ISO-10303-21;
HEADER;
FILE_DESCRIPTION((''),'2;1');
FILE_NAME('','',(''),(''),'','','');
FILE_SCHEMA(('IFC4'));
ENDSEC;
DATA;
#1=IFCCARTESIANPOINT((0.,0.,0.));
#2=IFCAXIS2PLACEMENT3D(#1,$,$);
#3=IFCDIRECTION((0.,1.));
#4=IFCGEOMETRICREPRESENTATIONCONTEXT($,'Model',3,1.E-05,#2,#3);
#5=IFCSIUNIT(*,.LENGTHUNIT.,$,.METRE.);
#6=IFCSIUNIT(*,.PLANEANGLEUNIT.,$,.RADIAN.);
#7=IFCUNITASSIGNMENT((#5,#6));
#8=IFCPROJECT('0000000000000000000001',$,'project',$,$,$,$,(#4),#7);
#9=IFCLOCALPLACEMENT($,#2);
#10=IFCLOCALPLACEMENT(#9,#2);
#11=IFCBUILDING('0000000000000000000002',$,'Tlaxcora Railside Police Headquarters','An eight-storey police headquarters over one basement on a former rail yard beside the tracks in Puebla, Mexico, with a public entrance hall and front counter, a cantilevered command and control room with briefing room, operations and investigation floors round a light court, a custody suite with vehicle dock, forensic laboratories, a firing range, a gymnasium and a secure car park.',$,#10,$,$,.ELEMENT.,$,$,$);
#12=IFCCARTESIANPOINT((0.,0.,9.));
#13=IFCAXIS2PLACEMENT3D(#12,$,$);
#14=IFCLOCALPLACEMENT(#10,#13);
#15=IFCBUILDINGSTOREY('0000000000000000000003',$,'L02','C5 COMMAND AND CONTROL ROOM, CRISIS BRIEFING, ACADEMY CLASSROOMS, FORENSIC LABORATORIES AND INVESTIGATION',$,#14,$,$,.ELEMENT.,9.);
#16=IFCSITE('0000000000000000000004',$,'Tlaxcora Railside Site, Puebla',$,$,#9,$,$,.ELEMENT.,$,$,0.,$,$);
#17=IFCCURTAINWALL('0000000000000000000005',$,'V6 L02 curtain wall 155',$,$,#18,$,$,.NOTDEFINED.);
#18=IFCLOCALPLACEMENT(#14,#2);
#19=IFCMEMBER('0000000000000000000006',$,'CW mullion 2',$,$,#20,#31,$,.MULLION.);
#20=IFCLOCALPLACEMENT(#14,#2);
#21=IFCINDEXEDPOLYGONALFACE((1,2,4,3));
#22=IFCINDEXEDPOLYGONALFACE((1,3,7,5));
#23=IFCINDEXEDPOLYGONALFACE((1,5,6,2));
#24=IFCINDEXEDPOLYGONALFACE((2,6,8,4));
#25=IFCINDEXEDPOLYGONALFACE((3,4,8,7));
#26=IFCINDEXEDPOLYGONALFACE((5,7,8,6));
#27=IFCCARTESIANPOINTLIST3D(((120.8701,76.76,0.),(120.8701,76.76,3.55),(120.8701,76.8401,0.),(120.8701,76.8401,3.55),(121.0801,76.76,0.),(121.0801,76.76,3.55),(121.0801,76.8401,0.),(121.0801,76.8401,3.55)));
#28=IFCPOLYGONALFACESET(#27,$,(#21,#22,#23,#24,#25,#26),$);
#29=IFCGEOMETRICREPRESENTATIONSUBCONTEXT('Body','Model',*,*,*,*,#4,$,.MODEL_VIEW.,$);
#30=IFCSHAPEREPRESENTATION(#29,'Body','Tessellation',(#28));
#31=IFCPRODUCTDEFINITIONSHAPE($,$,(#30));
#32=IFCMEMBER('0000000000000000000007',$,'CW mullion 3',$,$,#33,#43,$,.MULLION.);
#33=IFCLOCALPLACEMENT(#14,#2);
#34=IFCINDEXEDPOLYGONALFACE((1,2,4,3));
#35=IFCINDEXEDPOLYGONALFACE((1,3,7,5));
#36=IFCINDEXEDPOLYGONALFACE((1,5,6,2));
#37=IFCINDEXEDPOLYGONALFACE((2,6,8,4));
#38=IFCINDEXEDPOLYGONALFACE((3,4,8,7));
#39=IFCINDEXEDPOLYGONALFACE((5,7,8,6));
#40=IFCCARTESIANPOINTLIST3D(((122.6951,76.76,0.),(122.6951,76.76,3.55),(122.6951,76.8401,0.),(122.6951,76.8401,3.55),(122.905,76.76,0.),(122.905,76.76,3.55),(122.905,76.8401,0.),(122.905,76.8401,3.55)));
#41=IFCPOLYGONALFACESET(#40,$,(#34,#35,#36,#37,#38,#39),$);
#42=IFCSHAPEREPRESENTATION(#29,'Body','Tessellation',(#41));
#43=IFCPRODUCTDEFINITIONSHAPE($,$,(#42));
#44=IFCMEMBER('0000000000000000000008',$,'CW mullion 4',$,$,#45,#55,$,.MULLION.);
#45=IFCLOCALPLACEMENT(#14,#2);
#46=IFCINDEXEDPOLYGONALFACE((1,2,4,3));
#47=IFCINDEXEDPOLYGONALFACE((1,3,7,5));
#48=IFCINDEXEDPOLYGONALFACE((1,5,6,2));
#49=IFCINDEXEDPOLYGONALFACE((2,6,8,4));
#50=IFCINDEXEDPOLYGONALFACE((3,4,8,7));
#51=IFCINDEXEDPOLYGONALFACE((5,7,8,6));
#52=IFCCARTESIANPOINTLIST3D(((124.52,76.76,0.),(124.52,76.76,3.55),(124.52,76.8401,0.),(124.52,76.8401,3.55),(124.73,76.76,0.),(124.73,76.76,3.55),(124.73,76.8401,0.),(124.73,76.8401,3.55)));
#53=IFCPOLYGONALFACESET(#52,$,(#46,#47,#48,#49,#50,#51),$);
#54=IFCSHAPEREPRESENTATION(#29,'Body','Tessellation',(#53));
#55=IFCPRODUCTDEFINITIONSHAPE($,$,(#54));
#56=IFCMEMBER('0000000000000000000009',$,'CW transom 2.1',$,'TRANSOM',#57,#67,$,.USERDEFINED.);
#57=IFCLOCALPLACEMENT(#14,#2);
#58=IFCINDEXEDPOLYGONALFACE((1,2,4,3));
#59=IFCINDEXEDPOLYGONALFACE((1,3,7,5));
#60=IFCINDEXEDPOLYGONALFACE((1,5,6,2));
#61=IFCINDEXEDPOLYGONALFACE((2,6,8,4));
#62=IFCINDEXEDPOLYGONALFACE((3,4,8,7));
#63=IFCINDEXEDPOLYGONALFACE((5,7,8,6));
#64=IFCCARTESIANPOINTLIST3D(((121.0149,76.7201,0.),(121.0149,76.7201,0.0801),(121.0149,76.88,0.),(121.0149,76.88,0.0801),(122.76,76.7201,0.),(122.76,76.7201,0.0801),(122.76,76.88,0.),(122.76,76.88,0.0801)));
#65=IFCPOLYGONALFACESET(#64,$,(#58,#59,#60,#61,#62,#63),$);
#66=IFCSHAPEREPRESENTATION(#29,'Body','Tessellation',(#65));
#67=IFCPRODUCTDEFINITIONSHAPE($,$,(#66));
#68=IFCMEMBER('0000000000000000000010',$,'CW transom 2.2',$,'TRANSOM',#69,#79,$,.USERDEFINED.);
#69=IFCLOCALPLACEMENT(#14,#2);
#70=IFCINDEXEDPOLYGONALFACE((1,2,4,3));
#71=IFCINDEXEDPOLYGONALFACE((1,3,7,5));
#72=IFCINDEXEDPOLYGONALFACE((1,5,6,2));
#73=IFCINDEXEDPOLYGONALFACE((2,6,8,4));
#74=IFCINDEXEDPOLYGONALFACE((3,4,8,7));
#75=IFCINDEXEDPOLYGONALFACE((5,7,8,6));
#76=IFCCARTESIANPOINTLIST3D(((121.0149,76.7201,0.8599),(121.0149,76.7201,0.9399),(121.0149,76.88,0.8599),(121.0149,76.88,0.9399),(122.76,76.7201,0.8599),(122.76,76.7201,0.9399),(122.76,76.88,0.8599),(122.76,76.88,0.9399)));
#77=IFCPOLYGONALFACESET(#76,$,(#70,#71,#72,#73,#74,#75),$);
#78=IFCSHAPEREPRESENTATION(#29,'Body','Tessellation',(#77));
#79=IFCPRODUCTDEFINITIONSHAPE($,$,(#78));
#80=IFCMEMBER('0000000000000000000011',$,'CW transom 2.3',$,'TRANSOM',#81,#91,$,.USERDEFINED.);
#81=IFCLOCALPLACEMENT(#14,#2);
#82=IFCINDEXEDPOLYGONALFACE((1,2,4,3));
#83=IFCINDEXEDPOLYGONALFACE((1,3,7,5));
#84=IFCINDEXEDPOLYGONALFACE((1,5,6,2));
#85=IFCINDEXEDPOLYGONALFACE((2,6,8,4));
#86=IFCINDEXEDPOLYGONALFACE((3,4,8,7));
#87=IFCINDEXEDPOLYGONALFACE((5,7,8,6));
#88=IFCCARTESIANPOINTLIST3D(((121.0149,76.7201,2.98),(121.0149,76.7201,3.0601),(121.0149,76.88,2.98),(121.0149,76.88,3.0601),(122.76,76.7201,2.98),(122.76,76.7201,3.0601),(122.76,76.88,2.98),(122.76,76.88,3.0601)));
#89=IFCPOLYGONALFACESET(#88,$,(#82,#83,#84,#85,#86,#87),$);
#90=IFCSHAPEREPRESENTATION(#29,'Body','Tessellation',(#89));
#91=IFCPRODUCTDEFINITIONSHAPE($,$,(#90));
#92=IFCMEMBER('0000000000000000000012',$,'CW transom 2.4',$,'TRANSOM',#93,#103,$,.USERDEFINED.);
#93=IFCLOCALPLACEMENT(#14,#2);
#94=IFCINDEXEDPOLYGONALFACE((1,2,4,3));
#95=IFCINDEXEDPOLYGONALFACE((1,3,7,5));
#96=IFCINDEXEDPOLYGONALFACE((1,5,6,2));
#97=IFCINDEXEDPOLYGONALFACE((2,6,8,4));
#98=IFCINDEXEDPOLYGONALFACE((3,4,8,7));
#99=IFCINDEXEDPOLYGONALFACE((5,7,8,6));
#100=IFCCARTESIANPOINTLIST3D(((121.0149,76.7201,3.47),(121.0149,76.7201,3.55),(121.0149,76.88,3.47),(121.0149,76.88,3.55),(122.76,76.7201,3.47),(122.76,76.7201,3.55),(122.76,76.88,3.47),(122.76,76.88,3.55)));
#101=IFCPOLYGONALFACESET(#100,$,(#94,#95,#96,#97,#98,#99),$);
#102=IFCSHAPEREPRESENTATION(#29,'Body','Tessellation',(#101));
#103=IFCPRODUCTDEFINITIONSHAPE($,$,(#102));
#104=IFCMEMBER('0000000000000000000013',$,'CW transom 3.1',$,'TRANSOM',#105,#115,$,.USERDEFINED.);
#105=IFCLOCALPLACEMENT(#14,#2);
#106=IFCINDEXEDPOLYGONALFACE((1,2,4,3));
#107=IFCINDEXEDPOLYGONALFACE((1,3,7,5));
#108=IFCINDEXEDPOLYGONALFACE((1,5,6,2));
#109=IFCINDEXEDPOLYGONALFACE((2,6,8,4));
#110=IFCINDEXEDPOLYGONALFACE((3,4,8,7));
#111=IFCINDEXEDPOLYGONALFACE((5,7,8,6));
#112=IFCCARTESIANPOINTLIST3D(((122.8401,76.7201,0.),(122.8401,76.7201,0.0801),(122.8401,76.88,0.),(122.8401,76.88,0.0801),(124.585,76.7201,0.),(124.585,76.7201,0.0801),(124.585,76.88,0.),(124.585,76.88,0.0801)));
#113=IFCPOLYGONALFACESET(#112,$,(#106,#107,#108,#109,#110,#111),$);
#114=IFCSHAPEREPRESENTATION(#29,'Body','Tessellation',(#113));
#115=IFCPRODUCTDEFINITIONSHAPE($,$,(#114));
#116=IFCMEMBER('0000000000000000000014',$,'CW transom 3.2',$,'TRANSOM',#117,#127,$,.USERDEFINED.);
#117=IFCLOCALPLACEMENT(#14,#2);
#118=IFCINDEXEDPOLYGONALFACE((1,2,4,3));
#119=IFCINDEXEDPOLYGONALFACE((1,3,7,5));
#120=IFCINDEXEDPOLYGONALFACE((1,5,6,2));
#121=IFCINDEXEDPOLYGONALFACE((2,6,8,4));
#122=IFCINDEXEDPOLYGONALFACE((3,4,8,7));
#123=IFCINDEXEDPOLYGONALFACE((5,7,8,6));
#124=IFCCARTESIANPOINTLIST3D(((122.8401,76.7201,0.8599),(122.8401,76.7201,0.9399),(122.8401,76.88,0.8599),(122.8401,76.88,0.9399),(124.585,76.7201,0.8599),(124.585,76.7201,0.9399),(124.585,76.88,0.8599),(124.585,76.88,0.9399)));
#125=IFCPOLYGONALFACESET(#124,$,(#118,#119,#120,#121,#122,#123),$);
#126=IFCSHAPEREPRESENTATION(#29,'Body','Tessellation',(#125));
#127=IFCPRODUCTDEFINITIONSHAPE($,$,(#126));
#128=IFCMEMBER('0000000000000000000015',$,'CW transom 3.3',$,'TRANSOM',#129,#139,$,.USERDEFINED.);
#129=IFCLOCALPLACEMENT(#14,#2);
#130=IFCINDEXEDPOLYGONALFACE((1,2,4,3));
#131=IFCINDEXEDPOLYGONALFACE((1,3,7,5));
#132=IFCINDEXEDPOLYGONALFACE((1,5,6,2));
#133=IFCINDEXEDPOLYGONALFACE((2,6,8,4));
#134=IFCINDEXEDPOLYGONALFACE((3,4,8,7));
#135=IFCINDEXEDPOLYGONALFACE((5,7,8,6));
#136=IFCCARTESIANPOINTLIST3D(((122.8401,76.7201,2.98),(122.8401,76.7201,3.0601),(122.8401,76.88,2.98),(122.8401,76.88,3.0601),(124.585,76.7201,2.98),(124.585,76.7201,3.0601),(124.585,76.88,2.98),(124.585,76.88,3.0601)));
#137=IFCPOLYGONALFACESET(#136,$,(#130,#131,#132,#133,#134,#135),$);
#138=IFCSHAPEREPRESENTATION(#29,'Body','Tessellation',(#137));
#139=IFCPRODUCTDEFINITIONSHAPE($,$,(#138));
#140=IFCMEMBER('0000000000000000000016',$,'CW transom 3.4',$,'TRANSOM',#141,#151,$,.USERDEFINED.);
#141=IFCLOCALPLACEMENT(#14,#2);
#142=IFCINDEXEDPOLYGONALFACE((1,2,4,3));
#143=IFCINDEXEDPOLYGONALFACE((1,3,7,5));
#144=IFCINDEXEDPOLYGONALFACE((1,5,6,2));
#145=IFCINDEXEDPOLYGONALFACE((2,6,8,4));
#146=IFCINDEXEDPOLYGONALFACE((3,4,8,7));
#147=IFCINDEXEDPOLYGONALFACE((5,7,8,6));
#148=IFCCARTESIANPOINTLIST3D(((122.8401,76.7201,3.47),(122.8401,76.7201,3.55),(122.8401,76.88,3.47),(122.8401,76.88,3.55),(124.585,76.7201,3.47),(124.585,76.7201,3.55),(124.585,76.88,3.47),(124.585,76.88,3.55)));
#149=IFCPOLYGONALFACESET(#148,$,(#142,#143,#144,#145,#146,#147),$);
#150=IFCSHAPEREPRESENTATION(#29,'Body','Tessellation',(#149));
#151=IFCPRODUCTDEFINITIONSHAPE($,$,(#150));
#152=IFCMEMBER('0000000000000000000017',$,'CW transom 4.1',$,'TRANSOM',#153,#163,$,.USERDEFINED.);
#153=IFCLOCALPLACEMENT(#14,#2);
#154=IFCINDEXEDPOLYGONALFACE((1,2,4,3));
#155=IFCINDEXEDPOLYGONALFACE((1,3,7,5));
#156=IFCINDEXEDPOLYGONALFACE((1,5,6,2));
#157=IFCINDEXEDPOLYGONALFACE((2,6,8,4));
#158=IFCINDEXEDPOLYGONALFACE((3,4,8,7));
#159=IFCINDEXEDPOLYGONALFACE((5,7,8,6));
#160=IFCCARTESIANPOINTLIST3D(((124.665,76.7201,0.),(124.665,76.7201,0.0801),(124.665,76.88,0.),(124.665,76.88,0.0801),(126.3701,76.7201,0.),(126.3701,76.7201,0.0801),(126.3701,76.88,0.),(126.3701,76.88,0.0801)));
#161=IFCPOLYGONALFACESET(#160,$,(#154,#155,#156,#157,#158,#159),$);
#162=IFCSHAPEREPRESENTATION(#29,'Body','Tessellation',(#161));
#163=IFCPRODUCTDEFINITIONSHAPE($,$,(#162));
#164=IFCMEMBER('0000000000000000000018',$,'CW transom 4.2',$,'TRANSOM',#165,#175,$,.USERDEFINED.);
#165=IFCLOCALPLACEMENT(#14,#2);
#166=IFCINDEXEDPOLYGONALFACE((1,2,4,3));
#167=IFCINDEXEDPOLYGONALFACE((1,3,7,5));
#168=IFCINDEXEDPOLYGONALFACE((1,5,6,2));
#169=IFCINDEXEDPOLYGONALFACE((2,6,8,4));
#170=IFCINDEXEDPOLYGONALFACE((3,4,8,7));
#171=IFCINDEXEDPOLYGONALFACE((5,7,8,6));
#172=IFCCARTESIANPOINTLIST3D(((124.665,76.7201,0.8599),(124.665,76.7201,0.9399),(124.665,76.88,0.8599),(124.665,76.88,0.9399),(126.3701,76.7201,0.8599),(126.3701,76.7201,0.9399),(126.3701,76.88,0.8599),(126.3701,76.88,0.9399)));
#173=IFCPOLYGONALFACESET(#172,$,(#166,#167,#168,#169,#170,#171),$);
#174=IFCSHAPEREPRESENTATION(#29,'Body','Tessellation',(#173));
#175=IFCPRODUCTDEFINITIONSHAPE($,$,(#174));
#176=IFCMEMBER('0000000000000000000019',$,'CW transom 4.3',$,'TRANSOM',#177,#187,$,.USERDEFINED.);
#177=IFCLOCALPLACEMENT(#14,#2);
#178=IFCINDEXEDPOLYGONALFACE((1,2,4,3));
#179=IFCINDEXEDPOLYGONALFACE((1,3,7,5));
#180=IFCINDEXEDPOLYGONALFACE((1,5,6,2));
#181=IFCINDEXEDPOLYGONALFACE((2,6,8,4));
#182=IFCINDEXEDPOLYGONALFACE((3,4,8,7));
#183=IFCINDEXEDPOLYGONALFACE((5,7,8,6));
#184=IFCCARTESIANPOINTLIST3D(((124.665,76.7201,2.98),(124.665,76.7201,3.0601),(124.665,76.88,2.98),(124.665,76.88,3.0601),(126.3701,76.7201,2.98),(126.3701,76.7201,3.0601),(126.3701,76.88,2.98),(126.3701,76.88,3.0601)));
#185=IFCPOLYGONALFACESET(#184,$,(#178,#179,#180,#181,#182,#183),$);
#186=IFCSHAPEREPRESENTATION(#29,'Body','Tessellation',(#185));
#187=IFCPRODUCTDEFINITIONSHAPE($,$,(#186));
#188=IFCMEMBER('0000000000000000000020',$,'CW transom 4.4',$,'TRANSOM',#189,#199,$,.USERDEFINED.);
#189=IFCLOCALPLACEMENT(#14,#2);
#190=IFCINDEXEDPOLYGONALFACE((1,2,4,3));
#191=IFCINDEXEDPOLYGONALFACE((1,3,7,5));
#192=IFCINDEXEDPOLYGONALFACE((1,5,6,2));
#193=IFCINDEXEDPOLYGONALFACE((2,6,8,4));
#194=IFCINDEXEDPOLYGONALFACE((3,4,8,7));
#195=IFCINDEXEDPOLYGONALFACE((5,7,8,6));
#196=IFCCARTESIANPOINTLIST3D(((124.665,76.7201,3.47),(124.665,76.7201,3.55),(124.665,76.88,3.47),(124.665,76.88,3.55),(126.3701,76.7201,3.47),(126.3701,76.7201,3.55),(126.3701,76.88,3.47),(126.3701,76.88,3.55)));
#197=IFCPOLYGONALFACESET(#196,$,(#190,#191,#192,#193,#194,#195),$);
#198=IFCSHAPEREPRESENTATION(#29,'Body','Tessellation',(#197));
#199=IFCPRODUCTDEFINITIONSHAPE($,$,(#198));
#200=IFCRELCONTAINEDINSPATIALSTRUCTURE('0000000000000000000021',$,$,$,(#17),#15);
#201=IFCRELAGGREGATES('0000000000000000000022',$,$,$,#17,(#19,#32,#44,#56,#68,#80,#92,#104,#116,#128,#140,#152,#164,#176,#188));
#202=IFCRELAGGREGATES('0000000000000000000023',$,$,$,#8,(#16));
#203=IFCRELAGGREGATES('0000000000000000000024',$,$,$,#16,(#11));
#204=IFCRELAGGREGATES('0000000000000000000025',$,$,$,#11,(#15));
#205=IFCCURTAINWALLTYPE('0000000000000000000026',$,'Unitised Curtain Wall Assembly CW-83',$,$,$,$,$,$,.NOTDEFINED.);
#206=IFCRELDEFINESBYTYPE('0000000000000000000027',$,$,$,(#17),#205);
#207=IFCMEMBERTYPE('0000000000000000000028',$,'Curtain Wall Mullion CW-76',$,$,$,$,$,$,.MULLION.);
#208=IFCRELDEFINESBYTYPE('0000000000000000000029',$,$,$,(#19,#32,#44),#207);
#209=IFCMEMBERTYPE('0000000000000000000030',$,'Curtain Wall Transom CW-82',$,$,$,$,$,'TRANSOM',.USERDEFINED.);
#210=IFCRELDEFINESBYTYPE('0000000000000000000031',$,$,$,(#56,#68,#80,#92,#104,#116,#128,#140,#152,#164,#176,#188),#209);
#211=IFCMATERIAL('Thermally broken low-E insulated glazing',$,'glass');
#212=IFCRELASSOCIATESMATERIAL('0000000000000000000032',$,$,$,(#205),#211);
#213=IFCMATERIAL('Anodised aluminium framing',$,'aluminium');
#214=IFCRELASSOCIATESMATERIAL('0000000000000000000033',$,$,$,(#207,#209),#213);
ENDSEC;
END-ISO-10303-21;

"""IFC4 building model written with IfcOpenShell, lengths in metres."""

from ifc_helpers import new_model, si_unit, direction, frame, origin, origin_2d, place, context, subcontext, project, spatial, rectangle, extrude, material, material_profile, profile_set, type_object, element, aggregate, save


model = new_model("IFC4")

# Units and contexts
model_context = context("Model", 3, precision=1e-05, world=origin(), true_north=direction((0.0, 1.0)))
body_context = subcontext(model_context, "Body", "Model", "MODEL_VIEW")
ifc_project = project(units=[si_unit("LENGTHUNIT", "METRE"), si_unit("PLANEANGLEUNIT", "RADIAN")], contexts=[model_context])

# Site, building, storey
site_placement = place(None, origin())
site = spatial("IfcSite", under=ifc_project, at=site_placement, Name="Tlaxcora Railside Site, Puebla", CompositionType="ELEMENT", RefElevation=0.0)
building_placement = place(site_placement, origin())
building = spatial("IfcBuilding", under=site, at=building_placement, Name="Tlaxcora Railside Police Headquarters", Description="An eight-storey police headquarters over one basement on a former rail yard beside the tracks in Puebla, Mexico, with a public entrance hall and front counter, a cantilevered command and control room with briefing room, operations and investigation floors round a light court, a custody suite with vehicle dock, forensic laboratories, a firing range, a gymnasium and a secure car park.", CompositionType="ELEMENT")
storey_placement = place(building_placement, frame((0.0, 0.0, 9.0)))
storey = spatial("IfcBuildingStorey", under=building, at=storey_placement, Name="L02", Description="C5 COMMAND AND CONTROL ROOM, CRISIS BRIEFING, ACADEMY CLASSROOMS, FORENSIC LABORATORIES AND INVESTIGATION", CompositionType="ELEMENT", Elevation=9.0)

# Curtain wall, members
ifc_material_1 = material(Name="Thermally broken low-E insulated glazing", Category="glass")
curtain_wall_type = type_object("IfcCurtainWallType", Name="Unitised Curtain Wall Assembly CW-83", PredefinedType="NOTDEFINED", material=ifc_material_1)
curtain_wall_placement = place(storey_placement, origin())
curtain_wall = element("IfcCurtainWall", 1, at=curtain_wall_placement, inside=storey, type_object=curtain_wall_type, Name="V6 L02 curtain wall 155", PredefinedType="NOTDEFINED")
ifc_material_2 = material(Name="Anodised aluminium framing", Category="aluminium")
ifc_material_profile_1 = material_profile(ifc_material_2, rectangle(XDim=0.0801, YDim=0.21, at=origin_2d()), Name="AL80X210")
ifc_profile_set_1 = profile_set([ifc_material_profile_1], Name="Anodised aluminium framing")
member_type_1 = type_object("IfcMemberType", Name="Curtain Wall Mullion CW-76", PredefinedType="MULLION", material=ifc_profile_set_1)
member_1_placement = place(storey_placement, frame((120.9751, 76.8, 0.0), z_axis=(0.0, 0.0, 1.0), x_axis=(0.0, 1.0, 0.0)))
member_1 = element("IfcMember", 2, at=member_1_placement, type_object=member_type_1, Name="CW mullion 2", PredefinedType="MULLION", context=body_context, shape_type="SweptSolid", body=[
    extrude(rectangle(XDim=0.0801, YDim=0.21, at=origin_2d()), origin(), (0.0, 0.0, 1.0), 3.55),
])
member_2_placement = place(storey_placement, frame((122.8, 76.8, 0.0), z_axis=(0.0, 0.0, 1.0), x_axis=(0.0, 1.0, 0.0)))
member_2 = element("IfcMember", 3, at=member_2_placement, type_object=member_type_1, Name="CW mullion 3", PredefinedType="MULLION", context=body_context, shape_type="SweptSolid", body=[
    extrude(rectangle(XDim=0.0801, YDim=0.21, at=origin_2d()), origin(), (0.0, 0.0, 1.0), 3.55),
])
member_3_placement = place(storey_placement, frame((124.625, 76.8, 0.0), z_axis=(0.0, 0.0, 1.0), x_axis=(0.0, 1.0, 0.0)))
member_3 = element("IfcMember", 4, at=member_3_placement, type_object=member_type_1, Name="CW mullion 4", PredefinedType="MULLION", context=body_context, shape_type="SweptSolid", body=[
    extrude(rectangle(XDim=0.0801, YDim=0.21, at=origin_2d()), origin(), (0.0, 0.0, 1.0), 3.55),
])
ifc_material_profile_2 = material_profile(ifc_material_2, rectangle(XDim=0.1599, YDim=0.0801, at=origin_2d()), Name="AL80X160")
ifc_profile_set_2 = profile_set([ifc_material_profile_2], Name="Anodised aluminium framing")
member_type_2 = type_object("IfcMemberType", Name="Curtain Wall Transom CW-82", ElementType="TRANSOM", PredefinedType="USERDEFINED", material=ifc_profile_set_2)
member_4_placement = place(storey_placement, frame((121.0149, 76.8, 0.04), z_axis=(1.0, 0.0, 0.0), x_axis=(0.0, 1.0, 0.0)))
member_4 = element("IfcMember", 5, at=member_4_placement, type_object=member_type_2, Name="CW transom 2.1", ObjectType="TRANSOM", PredefinedType="USERDEFINED", context=body_context, shape_type="SweptSolid", body=[
    extrude(rectangle(XDim=0.1599, YDim=0.0801, at=origin_2d()), origin(), (0.0, 0.0, 1.0), 1.7451),
])
member_5_placement = place(storey_placement, frame((121.0149, 76.8, 0.8999), z_axis=(1.0, 0.0, 0.0), x_axis=(0.0, 1.0, 0.0)))
member_5 = element("IfcMember", 6, at=member_5_placement, type_object=member_type_2, Name="CW transom 2.2", ObjectType="TRANSOM", PredefinedType="USERDEFINED", context=body_context, shape_type="SweptSolid", body=[
    extrude(rectangle(XDim=0.1599, YDim=0.0801, at=origin_2d()), origin(), (0.0, 0.0, 1.0), 1.7451),
])
member_6_placement = place(storey_placement, frame((121.0149, 76.8, 3.02), z_axis=(1.0, 0.0, 0.0), x_axis=(0.0, 1.0, 0.0)))
member_6 = element("IfcMember", 7, at=member_6_placement, type_object=member_type_2, Name="CW transom 2.3", ObjectType="TRANSOM", PredefinedType="USERDEFINED", context=body_context, shape_type="SweptSolid", body=[
    extrude(rectangle(XDim=0.1599, YDim=0.0801, at=origin_2d()), origin(), (0.0, 0.0, 1.0), 1.7451),
])
member_7_placement = place(storey_placement, frame((121.0149, 76.8, 3.51), z_axis=(1.0, 0.0, 0.0), x_axis=(0.0, 1.0, 0.0)))
member_7 = element("IfcMember", 8, at=member_7_placement, type_object=member_type_2, Name="CW transom 2.4", ObjectType="TRANSOM", PredefinedType="USERDEFINED", context=body_context, shape_type="SweptSolid", body=[
    extrude(rectangle(XDim=0.1599, YDim=0.0801, at=origin_2d()), origin(), (0.0, 0.0, 1.0), 1.7451),
])
member_8_placement = place(storey_placement, frame((122.8401, 76.8, 0.04), z_axis=(1.0, 0.0, 0.0), x_axis=(0.0, 1.0, 0.0)))
member_8 = element("IfcMember", 9, at=member_8_placement, type_object=member_type_2, Name="CW transom 3.1", ObjectType="TRANSOM", PredefinedType="USERDEFINED", context=body_context, shape_type="SweptSolid", body=[
    extrude(rectangle(XDim=0.1599, YDim=0.0801, at=origin_2d()), origin(), (0.0, 0.0, 1.0), 1.7449),
])
member_9_placement = place(storey_placement, frame((122.8401, 76.8, 0.8999), z_axis=(1.0, 0.0, 0.0), x_axis=(0.0, 1.0, 0.0)))
member_9 = element("IfcMember", 10, at=member_9_placement, type_object=member_type_2, Name="CW transom 3.2", ObjectType="TRANSOM", PredefinedType="USERDEFINED", context=body_context, shape_type="SweptSolid", body=[
    extrude(rectangle(XDim=0.1599, YDim=0.0801, at=origin_2d()), origin(), (0.0, 0.0, 1.0), 1.7449),
])
member_10_placement = place(storey_placement, frame((122.8401, 76.8, 3.02), z_axis=(1.0, 0.0, 0.0), x_axis=(0.0, 1.0, 0.0)))
member_10 = element("IfcMember", 11, at=member_10_placement, type_object=member_type_2, Name="CW transom 3.3", ObjectType="TRANSOM", PredefinedType="USERDEFINED", context=body_context, shape_type="SweptSolid", body=[
    extrude(rectangle(XDim=0.1599, YDim=0.0801, at=origin_2d()), origin(), (0.0, 0.0, 1.0), 1.7449),
])
member_11_placement = place(storey_placement, frame((122.8401, 76.8, 3.51), z_axis=(1.0, 0.0, 0.0), x_axis=(0.0, 1.0, 0.0)))
member_11 = element("IfcMember", 12, at=member_11_placement, type_object=member_type_2, Name="CW transom 3.4", ObjectType="TRANSOM", PredefinedType="USERDEFINED", context=body_context, shape_type="SweptSolid", body=[
    extrude(rectangle(XDim=0.1599, YDim=0.0801, at=origin_2d()), origin(), (0.0, 0.0, 1.0), 1.7449),
])
member_12_placement = place(storey_placement, frame((124.665, 76.8, 0.04), z_axis=(1.0, 0.0, 0.0), x_axis=(0.0, 1.0, 0.0)))
member_12 = element("IfcMember", 13, at=member_12_placement, type_object=member_type_2, Name="CW transom 4.1", ObjectType="TRANSOM", PredefinedType="USERDEFINED", context=body_context, shape_type="SweptSolid", body=[
    extrude(rectangle(XDim=0.1599, YDim=0.0801, at=origin_2d()), origin(), (0.0, 0.0, 1.0), 1.7051),
])
member_13_placement = place(storey_placement, frame((124.665, 76.8, 0.8999), z_axis=(1.0, 0.0, 0.0), x_axis=(0.0, 1.0, 0.0)))
member_13 = element("IfcMember", 14, at=member_13_placement, type_object=member_type_2, Name="CW transom 4.2", ObjectType="TRANSOM", PredefinedType="USERDEFINED", context=body_context, shape_type="SweptSolid", body=[
    extrude(rectangle(XDim=0.1599, YDim=0.0801, at=origin_2d()), origin(), (0.0, 0.0, 1.0), 1.7051),
])
member_14_placement = place(storey_placement, frame((124.665, 76.8, 3.02), z_axis=(1.0, 0.0, 0.0), x_axis=(0.0, 1.0, 0.0)))
member_14 = element("IfcMember", 15, at=member_14_placement, type_object=member_type_2, Name="CW transom 4.3", ObjectType="TRANSOM", PredefinedType="USERDEFINED", context=body_context, shape_type="SweptSolid", body=[
    extrude(rectangle(XDim=0.1599, YDim=0.0801, at=origin_2d()), origin(), (0.0, 0.0, 1.0), 1.7051),
])
member_15_placement = place(storey_placement, frame((124.665, 76.8, 3.51), z_axis=(1.0, 0.0, 0.0), x_axis=(0.0, 1.0, 0.0)))
member_15 = element("IfcMember", 16, at=member_15_placement, type_object=member_type_2, Name="CW transom 4.4", ObjectType="TRANSOM", PredefinedType="USERDEFINED", context=body_context, shape_type="SweptSolid", body=[
    extrude(rectangle(XDim=0.1599, YDim=0.0801, at=origin_2d()), origin(), (0.0, 0.0, 1.0), 1.7051),
])
aggregate(curtain_wall, [member_1, member_2, member_3, member_4, member_5, member_6, member_7, member_8, member_9, member_10, member_11, member_12, member_13, member_14, member_15])

save(model, "model.ifc")
